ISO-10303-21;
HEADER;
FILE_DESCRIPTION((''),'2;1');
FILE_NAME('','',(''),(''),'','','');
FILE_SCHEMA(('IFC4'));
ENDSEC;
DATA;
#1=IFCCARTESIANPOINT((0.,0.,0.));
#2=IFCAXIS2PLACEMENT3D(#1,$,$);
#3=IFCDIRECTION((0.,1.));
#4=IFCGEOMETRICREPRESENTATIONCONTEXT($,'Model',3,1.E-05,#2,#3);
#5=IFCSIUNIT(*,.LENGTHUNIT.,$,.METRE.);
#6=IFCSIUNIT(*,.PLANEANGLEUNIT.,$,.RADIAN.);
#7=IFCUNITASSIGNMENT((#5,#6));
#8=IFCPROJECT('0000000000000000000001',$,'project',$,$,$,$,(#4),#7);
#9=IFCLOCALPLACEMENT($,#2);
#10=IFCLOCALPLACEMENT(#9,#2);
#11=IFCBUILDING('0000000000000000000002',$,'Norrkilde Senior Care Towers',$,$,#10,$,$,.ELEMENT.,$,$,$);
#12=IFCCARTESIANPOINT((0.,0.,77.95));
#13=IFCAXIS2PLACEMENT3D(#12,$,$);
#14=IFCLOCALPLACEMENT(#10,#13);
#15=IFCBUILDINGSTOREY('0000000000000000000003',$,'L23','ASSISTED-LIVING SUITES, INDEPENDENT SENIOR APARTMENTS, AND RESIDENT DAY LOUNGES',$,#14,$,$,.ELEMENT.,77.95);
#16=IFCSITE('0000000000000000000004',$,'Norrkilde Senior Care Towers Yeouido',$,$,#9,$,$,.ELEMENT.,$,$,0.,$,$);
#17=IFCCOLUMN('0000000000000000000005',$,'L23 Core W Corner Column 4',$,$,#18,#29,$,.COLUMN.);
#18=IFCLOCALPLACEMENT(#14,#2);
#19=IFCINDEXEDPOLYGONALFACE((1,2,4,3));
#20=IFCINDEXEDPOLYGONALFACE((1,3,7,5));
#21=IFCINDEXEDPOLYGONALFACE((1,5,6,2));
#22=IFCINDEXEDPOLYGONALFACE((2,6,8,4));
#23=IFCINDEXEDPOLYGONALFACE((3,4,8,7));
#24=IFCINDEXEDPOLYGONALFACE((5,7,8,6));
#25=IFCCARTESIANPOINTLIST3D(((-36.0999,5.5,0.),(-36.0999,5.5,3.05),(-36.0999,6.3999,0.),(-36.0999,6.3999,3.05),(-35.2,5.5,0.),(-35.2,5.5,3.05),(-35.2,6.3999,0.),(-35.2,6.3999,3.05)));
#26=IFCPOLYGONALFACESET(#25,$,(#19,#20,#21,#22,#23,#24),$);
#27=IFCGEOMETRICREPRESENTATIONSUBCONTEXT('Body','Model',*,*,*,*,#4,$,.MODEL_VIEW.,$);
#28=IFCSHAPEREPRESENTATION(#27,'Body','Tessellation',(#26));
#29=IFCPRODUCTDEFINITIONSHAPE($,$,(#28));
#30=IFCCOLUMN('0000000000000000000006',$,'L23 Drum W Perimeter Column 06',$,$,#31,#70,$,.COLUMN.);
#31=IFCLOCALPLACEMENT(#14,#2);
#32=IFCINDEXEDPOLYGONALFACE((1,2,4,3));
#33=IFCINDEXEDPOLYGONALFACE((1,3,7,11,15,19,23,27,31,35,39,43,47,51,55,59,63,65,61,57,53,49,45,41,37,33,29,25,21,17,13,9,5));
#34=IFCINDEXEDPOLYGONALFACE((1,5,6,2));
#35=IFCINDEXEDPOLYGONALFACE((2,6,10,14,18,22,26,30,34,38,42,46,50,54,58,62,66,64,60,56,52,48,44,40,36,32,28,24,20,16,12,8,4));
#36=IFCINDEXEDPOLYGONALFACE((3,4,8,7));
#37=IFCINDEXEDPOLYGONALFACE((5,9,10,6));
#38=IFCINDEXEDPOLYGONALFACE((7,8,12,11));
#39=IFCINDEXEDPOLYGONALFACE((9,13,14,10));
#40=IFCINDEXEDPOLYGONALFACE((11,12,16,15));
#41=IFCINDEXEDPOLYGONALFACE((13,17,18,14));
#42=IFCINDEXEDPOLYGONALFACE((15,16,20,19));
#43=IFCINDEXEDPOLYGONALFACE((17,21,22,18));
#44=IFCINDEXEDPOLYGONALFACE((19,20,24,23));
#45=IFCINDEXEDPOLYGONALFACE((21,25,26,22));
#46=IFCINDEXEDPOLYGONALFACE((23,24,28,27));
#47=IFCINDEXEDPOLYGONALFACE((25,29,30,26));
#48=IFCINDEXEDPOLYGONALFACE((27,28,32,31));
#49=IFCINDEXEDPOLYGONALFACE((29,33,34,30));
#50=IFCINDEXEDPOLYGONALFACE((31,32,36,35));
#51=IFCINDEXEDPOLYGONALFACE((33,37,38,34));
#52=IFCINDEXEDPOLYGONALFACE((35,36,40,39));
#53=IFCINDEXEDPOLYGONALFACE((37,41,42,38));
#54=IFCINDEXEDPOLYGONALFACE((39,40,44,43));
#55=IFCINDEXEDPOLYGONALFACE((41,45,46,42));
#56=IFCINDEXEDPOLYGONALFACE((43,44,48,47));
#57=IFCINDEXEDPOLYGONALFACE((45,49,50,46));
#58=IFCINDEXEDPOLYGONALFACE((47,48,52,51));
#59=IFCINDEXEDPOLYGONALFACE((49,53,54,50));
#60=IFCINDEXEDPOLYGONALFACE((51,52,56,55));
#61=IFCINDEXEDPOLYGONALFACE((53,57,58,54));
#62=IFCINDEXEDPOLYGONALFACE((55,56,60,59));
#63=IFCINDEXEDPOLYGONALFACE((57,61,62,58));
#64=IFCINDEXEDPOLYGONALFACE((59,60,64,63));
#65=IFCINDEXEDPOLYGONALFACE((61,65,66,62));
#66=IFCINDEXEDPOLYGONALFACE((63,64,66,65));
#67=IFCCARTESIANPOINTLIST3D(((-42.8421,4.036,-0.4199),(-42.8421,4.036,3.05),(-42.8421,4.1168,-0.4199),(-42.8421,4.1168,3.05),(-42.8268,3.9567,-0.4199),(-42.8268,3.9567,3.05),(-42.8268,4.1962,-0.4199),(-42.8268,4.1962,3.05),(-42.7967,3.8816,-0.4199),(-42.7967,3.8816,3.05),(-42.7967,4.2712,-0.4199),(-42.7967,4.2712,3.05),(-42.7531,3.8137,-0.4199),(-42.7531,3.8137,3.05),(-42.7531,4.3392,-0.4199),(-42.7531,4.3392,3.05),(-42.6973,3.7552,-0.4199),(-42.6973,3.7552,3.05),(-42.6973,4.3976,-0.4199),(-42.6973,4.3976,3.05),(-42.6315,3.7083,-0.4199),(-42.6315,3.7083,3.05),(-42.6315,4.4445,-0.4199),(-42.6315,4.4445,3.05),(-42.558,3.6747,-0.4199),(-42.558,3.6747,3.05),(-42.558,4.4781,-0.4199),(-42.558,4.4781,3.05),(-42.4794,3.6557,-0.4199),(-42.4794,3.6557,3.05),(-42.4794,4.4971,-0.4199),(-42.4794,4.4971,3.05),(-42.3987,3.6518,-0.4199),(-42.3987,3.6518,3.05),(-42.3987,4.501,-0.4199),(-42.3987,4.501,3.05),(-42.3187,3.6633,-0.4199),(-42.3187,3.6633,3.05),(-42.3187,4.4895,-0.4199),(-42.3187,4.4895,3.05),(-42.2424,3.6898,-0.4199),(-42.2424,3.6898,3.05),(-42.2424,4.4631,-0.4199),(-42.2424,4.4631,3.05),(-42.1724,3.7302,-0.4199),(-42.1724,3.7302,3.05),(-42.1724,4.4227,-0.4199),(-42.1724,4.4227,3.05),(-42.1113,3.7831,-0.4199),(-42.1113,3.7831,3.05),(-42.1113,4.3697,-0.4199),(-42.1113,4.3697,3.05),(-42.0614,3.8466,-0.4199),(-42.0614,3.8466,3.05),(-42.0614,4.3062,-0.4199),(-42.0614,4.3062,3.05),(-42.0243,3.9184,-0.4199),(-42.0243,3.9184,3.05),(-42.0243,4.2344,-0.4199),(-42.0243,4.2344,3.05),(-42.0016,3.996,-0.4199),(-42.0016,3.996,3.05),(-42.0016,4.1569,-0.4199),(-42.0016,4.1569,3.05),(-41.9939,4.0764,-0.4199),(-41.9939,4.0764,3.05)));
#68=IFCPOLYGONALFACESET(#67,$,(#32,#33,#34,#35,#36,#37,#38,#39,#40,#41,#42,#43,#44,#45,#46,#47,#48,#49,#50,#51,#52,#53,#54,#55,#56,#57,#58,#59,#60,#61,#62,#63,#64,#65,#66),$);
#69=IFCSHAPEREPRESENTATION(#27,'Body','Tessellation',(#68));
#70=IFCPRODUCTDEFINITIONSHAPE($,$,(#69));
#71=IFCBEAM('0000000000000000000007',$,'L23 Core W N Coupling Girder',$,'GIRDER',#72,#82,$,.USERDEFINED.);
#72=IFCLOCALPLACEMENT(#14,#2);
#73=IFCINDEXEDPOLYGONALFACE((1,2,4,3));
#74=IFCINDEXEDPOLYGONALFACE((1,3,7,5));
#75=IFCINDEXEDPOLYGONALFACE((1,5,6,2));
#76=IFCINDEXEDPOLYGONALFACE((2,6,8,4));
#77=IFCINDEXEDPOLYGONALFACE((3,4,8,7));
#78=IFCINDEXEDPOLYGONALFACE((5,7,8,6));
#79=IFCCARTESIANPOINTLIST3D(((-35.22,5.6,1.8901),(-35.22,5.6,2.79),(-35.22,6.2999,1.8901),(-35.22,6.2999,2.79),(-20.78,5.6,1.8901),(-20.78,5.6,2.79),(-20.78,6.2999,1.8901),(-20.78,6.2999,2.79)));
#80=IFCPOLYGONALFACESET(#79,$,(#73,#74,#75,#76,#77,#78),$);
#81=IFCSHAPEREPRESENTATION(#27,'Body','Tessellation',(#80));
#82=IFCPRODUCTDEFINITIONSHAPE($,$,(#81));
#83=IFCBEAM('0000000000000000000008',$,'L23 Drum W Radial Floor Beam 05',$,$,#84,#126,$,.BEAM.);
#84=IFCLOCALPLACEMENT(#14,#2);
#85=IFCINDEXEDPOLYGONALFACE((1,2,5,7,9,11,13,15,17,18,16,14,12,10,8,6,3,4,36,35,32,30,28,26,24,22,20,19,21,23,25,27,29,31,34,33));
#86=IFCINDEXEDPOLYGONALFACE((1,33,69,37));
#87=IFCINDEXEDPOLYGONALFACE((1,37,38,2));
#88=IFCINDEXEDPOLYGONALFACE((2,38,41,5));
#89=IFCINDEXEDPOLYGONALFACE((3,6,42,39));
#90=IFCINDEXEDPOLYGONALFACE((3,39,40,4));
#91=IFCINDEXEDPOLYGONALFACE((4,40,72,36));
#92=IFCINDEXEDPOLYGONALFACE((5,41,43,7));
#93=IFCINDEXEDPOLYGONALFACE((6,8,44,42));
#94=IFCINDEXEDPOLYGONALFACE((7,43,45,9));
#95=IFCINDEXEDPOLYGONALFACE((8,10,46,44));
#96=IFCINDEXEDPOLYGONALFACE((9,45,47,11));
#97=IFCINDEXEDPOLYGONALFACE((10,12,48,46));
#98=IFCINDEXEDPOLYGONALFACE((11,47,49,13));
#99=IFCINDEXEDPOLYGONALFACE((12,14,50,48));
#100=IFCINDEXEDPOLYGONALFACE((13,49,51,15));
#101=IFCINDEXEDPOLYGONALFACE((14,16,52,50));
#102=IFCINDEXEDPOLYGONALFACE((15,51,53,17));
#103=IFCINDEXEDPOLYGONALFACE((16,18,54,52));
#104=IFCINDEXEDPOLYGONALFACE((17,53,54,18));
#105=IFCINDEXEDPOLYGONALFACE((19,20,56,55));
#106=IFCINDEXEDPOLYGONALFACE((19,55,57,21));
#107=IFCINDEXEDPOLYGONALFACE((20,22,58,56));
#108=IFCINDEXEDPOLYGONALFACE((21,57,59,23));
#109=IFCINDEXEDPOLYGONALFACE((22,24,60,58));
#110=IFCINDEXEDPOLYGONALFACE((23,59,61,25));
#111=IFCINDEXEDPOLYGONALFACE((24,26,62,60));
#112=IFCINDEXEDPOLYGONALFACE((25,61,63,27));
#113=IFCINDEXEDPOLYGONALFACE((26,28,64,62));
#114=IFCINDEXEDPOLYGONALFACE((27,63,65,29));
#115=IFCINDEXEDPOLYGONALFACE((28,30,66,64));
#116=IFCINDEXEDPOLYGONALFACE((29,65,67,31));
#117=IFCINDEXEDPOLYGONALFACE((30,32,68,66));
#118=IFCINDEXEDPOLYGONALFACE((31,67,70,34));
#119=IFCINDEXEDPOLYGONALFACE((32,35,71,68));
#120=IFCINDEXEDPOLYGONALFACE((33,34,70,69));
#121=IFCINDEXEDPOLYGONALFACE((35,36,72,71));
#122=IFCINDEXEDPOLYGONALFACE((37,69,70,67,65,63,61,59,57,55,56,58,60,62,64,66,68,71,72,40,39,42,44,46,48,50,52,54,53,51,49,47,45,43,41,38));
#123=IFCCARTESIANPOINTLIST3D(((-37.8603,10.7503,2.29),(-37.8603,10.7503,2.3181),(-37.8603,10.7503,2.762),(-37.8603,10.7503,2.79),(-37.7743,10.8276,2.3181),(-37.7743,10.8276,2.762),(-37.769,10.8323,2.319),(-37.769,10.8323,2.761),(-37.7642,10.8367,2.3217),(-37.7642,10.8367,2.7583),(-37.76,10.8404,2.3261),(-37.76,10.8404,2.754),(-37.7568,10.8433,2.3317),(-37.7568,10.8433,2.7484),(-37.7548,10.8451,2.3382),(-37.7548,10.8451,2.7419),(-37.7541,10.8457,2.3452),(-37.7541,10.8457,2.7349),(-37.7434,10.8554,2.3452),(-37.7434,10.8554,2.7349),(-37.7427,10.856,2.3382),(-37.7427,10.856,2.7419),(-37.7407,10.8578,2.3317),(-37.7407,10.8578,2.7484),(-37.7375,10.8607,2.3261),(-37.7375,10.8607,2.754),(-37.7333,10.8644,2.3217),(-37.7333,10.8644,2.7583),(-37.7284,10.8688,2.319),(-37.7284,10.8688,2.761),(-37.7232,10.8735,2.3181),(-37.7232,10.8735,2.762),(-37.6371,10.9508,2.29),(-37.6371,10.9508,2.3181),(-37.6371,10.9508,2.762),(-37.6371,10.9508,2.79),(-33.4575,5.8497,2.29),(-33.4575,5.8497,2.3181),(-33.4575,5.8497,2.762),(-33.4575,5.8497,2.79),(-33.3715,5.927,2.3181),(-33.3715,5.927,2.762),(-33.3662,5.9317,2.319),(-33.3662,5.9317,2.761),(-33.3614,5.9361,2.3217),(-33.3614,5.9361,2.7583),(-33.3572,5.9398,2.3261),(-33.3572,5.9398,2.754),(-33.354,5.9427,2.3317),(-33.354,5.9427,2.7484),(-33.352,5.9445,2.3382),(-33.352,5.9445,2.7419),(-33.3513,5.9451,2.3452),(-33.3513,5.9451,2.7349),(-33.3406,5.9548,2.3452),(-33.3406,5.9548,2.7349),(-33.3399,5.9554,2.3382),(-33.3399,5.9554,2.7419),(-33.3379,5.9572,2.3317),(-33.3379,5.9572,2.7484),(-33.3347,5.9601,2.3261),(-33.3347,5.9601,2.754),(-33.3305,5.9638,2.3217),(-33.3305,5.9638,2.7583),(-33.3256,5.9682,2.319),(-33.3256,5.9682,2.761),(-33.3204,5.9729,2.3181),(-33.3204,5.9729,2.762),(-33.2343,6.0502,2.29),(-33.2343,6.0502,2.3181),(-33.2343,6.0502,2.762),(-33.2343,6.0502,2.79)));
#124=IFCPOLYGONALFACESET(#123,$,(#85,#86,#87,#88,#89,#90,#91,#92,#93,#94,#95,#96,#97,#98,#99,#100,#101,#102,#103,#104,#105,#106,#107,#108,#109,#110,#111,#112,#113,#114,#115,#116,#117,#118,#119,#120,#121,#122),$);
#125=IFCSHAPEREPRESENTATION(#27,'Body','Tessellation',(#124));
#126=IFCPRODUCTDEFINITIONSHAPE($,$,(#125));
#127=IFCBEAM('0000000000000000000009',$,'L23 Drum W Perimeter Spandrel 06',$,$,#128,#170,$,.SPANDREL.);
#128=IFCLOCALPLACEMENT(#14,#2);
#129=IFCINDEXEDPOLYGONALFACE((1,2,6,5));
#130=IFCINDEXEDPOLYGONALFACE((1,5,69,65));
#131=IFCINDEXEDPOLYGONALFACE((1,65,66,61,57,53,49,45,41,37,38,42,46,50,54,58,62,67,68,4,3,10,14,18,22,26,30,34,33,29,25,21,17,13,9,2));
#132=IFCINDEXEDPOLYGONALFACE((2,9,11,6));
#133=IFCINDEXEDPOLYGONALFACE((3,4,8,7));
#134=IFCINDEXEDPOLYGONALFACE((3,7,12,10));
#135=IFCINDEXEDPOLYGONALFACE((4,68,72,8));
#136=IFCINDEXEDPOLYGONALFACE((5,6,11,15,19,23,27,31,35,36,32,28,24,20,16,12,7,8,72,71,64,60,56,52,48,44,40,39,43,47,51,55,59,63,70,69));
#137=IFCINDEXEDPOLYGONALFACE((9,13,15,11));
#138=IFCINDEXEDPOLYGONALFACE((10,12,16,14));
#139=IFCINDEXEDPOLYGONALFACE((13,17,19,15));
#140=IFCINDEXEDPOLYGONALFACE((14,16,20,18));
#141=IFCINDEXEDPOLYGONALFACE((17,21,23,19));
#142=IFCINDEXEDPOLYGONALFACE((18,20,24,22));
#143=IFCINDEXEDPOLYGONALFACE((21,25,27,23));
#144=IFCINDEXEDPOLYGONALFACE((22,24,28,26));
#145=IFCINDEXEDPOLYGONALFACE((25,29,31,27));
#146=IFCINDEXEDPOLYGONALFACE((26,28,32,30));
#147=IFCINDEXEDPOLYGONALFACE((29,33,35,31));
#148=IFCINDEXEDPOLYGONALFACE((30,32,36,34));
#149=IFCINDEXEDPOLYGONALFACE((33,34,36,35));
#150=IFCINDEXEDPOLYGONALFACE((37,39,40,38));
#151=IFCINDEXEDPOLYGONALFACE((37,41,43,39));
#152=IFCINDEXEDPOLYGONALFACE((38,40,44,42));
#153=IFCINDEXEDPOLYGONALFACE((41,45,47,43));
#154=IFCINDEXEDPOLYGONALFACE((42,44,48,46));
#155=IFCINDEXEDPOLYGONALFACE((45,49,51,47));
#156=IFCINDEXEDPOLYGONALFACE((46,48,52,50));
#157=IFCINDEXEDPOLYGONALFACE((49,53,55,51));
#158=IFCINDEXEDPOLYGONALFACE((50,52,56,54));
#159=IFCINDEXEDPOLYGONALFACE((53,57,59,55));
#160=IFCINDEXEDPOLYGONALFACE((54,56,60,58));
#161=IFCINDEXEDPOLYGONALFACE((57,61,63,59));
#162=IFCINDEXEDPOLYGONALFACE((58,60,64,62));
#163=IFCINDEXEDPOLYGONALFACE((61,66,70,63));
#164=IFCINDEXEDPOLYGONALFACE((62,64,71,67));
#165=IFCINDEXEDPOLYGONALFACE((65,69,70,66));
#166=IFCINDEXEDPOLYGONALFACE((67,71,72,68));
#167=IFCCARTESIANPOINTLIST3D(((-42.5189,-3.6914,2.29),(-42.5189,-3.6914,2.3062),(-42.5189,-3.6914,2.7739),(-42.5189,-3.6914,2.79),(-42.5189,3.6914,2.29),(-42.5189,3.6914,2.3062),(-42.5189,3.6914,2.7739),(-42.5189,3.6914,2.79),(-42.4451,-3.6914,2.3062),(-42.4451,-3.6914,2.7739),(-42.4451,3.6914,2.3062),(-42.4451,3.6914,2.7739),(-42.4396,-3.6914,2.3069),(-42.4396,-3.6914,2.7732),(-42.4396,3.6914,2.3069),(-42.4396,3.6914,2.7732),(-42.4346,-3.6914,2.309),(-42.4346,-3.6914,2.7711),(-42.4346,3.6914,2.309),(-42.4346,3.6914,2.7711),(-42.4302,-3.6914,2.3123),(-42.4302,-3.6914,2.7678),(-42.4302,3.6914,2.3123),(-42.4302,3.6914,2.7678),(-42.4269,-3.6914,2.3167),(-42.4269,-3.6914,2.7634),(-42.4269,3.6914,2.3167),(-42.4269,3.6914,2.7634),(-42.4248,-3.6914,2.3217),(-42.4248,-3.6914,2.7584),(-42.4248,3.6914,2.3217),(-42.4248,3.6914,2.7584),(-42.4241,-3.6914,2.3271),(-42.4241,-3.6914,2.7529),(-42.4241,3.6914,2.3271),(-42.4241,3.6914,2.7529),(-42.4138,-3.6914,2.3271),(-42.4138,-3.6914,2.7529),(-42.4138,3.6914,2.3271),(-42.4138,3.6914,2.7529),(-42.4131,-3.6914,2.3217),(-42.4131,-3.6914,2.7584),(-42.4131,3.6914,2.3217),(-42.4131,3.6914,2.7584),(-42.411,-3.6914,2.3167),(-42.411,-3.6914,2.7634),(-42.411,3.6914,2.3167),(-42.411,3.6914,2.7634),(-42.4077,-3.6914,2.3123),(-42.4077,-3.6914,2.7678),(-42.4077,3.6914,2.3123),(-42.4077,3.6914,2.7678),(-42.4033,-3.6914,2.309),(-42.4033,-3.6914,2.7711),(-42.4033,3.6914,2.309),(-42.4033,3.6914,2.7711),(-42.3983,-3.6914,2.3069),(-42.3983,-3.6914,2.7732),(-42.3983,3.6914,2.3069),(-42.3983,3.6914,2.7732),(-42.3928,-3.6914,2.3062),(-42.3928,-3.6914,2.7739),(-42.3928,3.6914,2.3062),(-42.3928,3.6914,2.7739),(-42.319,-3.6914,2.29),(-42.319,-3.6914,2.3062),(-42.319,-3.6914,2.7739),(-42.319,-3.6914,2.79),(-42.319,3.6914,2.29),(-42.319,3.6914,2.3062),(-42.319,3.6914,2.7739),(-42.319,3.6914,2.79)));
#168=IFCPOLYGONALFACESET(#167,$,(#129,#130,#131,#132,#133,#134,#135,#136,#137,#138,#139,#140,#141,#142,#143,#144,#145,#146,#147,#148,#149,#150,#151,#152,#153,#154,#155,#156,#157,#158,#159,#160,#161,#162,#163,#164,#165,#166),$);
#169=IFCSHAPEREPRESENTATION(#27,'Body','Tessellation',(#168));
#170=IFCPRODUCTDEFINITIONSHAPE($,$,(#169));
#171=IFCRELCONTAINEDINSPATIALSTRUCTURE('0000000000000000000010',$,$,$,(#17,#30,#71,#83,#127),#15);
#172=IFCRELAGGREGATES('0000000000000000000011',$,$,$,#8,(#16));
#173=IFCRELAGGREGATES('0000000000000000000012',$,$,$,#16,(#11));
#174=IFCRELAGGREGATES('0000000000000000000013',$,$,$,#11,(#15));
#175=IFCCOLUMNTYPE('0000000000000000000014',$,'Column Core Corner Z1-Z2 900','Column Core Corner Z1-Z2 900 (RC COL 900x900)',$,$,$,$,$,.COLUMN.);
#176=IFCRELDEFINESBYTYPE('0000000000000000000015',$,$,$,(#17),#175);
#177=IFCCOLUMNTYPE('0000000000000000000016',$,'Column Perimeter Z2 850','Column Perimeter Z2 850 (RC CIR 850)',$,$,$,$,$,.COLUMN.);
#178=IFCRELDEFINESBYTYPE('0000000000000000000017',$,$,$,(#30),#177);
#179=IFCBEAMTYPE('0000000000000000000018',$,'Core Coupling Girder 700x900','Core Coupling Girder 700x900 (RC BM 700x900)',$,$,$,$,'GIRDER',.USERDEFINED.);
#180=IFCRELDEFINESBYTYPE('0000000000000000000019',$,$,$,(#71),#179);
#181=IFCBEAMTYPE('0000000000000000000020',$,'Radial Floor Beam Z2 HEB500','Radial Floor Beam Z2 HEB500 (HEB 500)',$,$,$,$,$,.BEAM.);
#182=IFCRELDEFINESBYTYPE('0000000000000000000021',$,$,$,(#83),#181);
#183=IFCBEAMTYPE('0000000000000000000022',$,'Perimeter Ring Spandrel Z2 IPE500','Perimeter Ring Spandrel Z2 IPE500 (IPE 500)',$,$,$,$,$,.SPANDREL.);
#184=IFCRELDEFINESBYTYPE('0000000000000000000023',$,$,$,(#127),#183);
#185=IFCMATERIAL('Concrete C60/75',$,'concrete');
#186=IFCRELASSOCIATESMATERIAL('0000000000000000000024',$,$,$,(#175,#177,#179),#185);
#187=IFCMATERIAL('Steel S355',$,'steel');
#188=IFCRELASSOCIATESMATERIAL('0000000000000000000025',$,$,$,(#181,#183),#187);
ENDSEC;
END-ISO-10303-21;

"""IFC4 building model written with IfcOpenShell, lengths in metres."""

from ifc_helpers import new_model, si_unit, direction, frame, origin, origin_2d, place, context, subcontext, project, spatial, rectangle, circle, i_section, extrude, source, transform, mapped, material, material_profile, profile_set, type_object, type_shapes, element, save


model = new_model("IFC4")

# Units and contexts
model_context = context("Model", 3, precision=1e-05, world=origin(), true_north=direction((0.0, 1.0)))
body_context = subcontext(model_context, "Body", "Model", "MODEL_VIEW")
ifc_project = project(units=[si_unit("LENGTHUNIT", "METRE"), si_unit("PLANEANGLEUNIT", "RADIAN")], contexts=[model_context])

# Site, building, storey
site_placement = place(None, origin())
site = spatial("IfcSite", under=ifc_project, at=site_placement, Name="Norrkilde Senior Care Towers Yeouido", CompositionType="ELEMENT", RefElevation=0.0)
building_placement = place(site_placement, origin())
building = spatial("IfcBuilding", under=site, at=building_placement, Name="Norrkilde Senior Care Towers", CompositionType="ELEMENT")
storey_placement = place(building_placement, frame((0.0, 0.0, 77.95)))
storey = spatial("IfcBuildingStorey", under=building, at=storey_placement, Name="L23", Description="ASSISTED-LIVING SUITES, INDEPENDENT SENIOR APARTMENTS, AND RESIDENT DAY LOUNGES", CompositionType="ELEMENT", Elevation=77.95)

# Columns
ifc_material_1 = material(Name="Concrete C60/75", Category="concrete")
ifc_material_profile_1 = material_profile(ifc_material_1, rectangle(XDim=0.8999, YDim=0.8999, at=origin_2d()), Name="RC COL 900x900")
ifc_profile_set_1 = profile_set([ifc_material_profile_1], Name="Concrete C60/75")
column_type_1 = type_object("IfcColumnType", Name="Column Core Corner Z1-Z2 900", Description="Column Core Corner Z1-Z2 900 (RC COL 900x900)", PredefinedType="COLUMN", material=ifc_profile_set_1)
shared_shape_1 = source(origin(), body_context, "Body", "SweptSolid", [
    extrude(rectangle(XDim=0.8999, YDim=0.8999, at=origin_2d()), origin(), (0.0, 0.0, 1.0), 3.05),
])
type_shapes(column_type_1, [shared_shape_1])
column_1_placement = place(storey_placement, frame((-35.6499, 5.95, 0.0), z_axis=(0.0, 0.0, 1.0), x_axis=(1.0, 0.0, 0.0)))
element("IfcColumn", 1, at=column_1_placement, inside=storey, type_object=column_type_1, Name="L23 Core W Corner Column 4", PredefinedType="COLUMN", context=body_context, shape_type="MappedRepresentation", body=[
    mapped(shared_shape_1, transform((0.0, 0.0, 0.0), x_axis=(1.0, 0.0, 0.0), y_axis=(0.0, 1.0, 0.0), z_axis=(0.0, 0.0, 1.0), scale=1.0)),
])
ifc_material_profile_2 = material_profile(ifc_material_1, circle(Radius=0.425, at=origin_2d()), Name="RC CIR 850")
ifc_profile_set_2 = profile_set([ifc_material_profile_2], Name="Concrete C60/75")
column_type_2 = type_object("IfcColumnType", Name="Column Perimeter Z2 850", Description="Column Perimeter Z2 850 (RC CIR 850)", PredefinedType="COLUMN", material=ifc_profile_set_2)
shared_shape_2 = source(origin(), body_context, "Body", "SweptSolid", [
    extrude(circle(Radius=0.425, at=origin_2d()), origin(), (0.0, 0.0, 1.0), 3.47),
])
type_shapes(column_type_2, [shared_shape_2])
column_2_placement = place(storey_placement, frame((-42.4189, 4.0764, -0.4199), z_axis=(0.0, 0.0, 1.0), x_axis=(1.0, 0.0, 0.0)))
element("IfcColumn", 2, at=column_2_placement, inside=storey, type_object=column_type_2, Name="L23 Drum W Perimeter Column 06", PredefinedType="COLUMN", context=body_context, shape_type="MappedRepresentation", body=[
    mapped(shared_shape_2, transform((0.0, 0.0, 0.0), x_axis=(1.0, 0.0, 0.0), y_axis=(0.0, 1.0, 0.0), z_axis=(0.0, 0.0, 1.0), scale=1.0)),
])

# Beams
ifc_material_profile_3 = material_profile(ifc_material_1, rectangle(XDim=0.7, YDim=0.8999, at=origin_2d()), Name="RC BM 700x900")
ifc_profile_set_3 = profile_set([ifc_material_profile_3], Name="Concrete C60/75")
beam_type_1 = type_object("IfcBeamType", Name="Core Coupling Girder 700x900", Description="Core Coupling Girder 700x900 (RC BM 700x900)", ElementType="GIRDER", PredefinedType="USERDEFINED", material=ifc_profile_set_3)
shared_shape_3 = source(origin(), body_context, "Body", "SweptSolid", [
    extrude(rectangle(XDim=0.7, YDim=0.8999, at=origin_2d()), origin(), (0.0, 0.0, 1.0), 14.4399),
])
type_shapes(beam_type_1, [shared_shape_3])
beam_1_placement = place(storey_placement, frame((-35.22, 5.95, 2.3401), z_axis=(1.0, 0.0, 0.0), x_axis=(0.0, 1.0, 0.0)))
element("IfcBeam", 3, at=beam_1_placement, inside=storey, type_object=beam_type_1, Name="L23 Core W N Coupling Girder", ObjectType="GIRDER", PredefinedType="USERDEFINED", context=body_context, shape_type="MappedRepresentation", body=[
    mapped(shared_shape_3, transform((0.0, 0.0, 0.0), x_axis=(1.0, 0.0, 0.0), y_axis=(0.0, 1.0, 0.0), z_axis=(0.0, 0.0, 1.0), scale=1.0)),
])
ifc_material_2 = material(Name="Steel S355", Category="steel")
ifc_material_profile_4 = material_profile(ifc_material_2, i_section(OverallWidth=0.3, OverallDepth=0.5, WebThickness=0.0144, FlangeThickness=0.0281, FilletRadius=0.0271, at=origin_2d()), Name="HEB 500")
ifc_profile_set_4 = profile_set([ifc_material_profile_4], Name="Steel S355")
beam_type_2 = type_object("IfcBeamType", Name="Radial Floor Beam Z2 HEB500", Description="Radial Floor Beam Z2 HEB500 (HEB 500)", PredefinedType="BEAM", material=ifc_profile_set_4)
shared_shape_4 = source(origin(), body_context, "Body", "SweptSolid", [
    extrude(i_section(OverallWidth=0.3, OverallDepth=0.5, WebThickness=0.0144, FlangeThickness=0.0281, FilletRadius=0.0271, at=origin_2d()), origin(), (0.0, 0.0, 1.0), 6.5879),
])
beam_2_placement = place(storey_placement, frame((-33.3459, 5.95, 2.54), z_axis=(-0.668315, 0.743878, 0.0), x_axis=(-0.743878, -0.668315, 0.0)))
element("IfcBeam", 4, at=beam_2_placement, inside=storey, type_object=beam_type_2, Name="L23 Drum W Radial Floor Beam 05", PredefinedType="BEAM", context=body_context, shape_type="MappedRepresentation", body=[
    mapped(shared_shape_4, transform((0.0, 0.0, 0.0), x_axis=(1.0, 0.0, 0.0), y_axis=(0.0, 1.0, 0.0), z_axis=(0.0, 0.0, 1.0), scale=1.0)),
])
ifc_material_profile_5 = material_profile(ifc_material_2, i_section(OverallWidth=0.2, OverallDepth=0.5, WebThickness=0.0103, FlangeThickness=0.0161, FilletRadius=0.021, at=origin_2d()), Name="IPE 500")
ifc_profile_set_5 = profile_set([ifc_material_profile_5], Name="Steel S355")
beam_type_3 = type_object("IfcBeamType", Name="Perimeter Ring Spandrel Z2 IPE500", Description="Perimeter Ring Spandrel Z2 IPE500 (IPE 500)", PredefinedType="SPANDREL", material=ifc_profile_set_5)
shared_shape_5 = source(origin(), body_context, "Body", "SweptSolid", [
    extrude(i_section(OverallWidth=0.2, OverallDepth=0.5, WebThickness=0.0103, FlangeThickness=0.0161, FilletRadius=0.021, at=origin_2d()), origin(), (0.0, 0.0, 1.0), 7.3828),
])
type_shapes(beam_type_3, [shared_shape_5])
beam_3_placement = place(storey_placement, frame((-42.4189, 3.6914, 2.54), z_axis=(0.0, -1.0, 0.0), x_axis=(1.0, 0.0, 0.0)))
element("IfcBeam", 5, at=beam_3_placement, inside=storey, type_object=beam_type_3, Name="L23 Drum W Perimeter Spandrel 06", PredefinedType="SPANDREL", context=body_context, shape_type="MappedRepresentation", body=[
    mapped(shared_shape_5, transform((0.0, 0.0, 0.0), x_axis=(1.0, 0.0, 0.0), y_axis=(0.0, 1.0, 0.0), z_axis=(0.0, 0.0, 1.0), scale=1.0)),
])

save(model, "model.ifc")
